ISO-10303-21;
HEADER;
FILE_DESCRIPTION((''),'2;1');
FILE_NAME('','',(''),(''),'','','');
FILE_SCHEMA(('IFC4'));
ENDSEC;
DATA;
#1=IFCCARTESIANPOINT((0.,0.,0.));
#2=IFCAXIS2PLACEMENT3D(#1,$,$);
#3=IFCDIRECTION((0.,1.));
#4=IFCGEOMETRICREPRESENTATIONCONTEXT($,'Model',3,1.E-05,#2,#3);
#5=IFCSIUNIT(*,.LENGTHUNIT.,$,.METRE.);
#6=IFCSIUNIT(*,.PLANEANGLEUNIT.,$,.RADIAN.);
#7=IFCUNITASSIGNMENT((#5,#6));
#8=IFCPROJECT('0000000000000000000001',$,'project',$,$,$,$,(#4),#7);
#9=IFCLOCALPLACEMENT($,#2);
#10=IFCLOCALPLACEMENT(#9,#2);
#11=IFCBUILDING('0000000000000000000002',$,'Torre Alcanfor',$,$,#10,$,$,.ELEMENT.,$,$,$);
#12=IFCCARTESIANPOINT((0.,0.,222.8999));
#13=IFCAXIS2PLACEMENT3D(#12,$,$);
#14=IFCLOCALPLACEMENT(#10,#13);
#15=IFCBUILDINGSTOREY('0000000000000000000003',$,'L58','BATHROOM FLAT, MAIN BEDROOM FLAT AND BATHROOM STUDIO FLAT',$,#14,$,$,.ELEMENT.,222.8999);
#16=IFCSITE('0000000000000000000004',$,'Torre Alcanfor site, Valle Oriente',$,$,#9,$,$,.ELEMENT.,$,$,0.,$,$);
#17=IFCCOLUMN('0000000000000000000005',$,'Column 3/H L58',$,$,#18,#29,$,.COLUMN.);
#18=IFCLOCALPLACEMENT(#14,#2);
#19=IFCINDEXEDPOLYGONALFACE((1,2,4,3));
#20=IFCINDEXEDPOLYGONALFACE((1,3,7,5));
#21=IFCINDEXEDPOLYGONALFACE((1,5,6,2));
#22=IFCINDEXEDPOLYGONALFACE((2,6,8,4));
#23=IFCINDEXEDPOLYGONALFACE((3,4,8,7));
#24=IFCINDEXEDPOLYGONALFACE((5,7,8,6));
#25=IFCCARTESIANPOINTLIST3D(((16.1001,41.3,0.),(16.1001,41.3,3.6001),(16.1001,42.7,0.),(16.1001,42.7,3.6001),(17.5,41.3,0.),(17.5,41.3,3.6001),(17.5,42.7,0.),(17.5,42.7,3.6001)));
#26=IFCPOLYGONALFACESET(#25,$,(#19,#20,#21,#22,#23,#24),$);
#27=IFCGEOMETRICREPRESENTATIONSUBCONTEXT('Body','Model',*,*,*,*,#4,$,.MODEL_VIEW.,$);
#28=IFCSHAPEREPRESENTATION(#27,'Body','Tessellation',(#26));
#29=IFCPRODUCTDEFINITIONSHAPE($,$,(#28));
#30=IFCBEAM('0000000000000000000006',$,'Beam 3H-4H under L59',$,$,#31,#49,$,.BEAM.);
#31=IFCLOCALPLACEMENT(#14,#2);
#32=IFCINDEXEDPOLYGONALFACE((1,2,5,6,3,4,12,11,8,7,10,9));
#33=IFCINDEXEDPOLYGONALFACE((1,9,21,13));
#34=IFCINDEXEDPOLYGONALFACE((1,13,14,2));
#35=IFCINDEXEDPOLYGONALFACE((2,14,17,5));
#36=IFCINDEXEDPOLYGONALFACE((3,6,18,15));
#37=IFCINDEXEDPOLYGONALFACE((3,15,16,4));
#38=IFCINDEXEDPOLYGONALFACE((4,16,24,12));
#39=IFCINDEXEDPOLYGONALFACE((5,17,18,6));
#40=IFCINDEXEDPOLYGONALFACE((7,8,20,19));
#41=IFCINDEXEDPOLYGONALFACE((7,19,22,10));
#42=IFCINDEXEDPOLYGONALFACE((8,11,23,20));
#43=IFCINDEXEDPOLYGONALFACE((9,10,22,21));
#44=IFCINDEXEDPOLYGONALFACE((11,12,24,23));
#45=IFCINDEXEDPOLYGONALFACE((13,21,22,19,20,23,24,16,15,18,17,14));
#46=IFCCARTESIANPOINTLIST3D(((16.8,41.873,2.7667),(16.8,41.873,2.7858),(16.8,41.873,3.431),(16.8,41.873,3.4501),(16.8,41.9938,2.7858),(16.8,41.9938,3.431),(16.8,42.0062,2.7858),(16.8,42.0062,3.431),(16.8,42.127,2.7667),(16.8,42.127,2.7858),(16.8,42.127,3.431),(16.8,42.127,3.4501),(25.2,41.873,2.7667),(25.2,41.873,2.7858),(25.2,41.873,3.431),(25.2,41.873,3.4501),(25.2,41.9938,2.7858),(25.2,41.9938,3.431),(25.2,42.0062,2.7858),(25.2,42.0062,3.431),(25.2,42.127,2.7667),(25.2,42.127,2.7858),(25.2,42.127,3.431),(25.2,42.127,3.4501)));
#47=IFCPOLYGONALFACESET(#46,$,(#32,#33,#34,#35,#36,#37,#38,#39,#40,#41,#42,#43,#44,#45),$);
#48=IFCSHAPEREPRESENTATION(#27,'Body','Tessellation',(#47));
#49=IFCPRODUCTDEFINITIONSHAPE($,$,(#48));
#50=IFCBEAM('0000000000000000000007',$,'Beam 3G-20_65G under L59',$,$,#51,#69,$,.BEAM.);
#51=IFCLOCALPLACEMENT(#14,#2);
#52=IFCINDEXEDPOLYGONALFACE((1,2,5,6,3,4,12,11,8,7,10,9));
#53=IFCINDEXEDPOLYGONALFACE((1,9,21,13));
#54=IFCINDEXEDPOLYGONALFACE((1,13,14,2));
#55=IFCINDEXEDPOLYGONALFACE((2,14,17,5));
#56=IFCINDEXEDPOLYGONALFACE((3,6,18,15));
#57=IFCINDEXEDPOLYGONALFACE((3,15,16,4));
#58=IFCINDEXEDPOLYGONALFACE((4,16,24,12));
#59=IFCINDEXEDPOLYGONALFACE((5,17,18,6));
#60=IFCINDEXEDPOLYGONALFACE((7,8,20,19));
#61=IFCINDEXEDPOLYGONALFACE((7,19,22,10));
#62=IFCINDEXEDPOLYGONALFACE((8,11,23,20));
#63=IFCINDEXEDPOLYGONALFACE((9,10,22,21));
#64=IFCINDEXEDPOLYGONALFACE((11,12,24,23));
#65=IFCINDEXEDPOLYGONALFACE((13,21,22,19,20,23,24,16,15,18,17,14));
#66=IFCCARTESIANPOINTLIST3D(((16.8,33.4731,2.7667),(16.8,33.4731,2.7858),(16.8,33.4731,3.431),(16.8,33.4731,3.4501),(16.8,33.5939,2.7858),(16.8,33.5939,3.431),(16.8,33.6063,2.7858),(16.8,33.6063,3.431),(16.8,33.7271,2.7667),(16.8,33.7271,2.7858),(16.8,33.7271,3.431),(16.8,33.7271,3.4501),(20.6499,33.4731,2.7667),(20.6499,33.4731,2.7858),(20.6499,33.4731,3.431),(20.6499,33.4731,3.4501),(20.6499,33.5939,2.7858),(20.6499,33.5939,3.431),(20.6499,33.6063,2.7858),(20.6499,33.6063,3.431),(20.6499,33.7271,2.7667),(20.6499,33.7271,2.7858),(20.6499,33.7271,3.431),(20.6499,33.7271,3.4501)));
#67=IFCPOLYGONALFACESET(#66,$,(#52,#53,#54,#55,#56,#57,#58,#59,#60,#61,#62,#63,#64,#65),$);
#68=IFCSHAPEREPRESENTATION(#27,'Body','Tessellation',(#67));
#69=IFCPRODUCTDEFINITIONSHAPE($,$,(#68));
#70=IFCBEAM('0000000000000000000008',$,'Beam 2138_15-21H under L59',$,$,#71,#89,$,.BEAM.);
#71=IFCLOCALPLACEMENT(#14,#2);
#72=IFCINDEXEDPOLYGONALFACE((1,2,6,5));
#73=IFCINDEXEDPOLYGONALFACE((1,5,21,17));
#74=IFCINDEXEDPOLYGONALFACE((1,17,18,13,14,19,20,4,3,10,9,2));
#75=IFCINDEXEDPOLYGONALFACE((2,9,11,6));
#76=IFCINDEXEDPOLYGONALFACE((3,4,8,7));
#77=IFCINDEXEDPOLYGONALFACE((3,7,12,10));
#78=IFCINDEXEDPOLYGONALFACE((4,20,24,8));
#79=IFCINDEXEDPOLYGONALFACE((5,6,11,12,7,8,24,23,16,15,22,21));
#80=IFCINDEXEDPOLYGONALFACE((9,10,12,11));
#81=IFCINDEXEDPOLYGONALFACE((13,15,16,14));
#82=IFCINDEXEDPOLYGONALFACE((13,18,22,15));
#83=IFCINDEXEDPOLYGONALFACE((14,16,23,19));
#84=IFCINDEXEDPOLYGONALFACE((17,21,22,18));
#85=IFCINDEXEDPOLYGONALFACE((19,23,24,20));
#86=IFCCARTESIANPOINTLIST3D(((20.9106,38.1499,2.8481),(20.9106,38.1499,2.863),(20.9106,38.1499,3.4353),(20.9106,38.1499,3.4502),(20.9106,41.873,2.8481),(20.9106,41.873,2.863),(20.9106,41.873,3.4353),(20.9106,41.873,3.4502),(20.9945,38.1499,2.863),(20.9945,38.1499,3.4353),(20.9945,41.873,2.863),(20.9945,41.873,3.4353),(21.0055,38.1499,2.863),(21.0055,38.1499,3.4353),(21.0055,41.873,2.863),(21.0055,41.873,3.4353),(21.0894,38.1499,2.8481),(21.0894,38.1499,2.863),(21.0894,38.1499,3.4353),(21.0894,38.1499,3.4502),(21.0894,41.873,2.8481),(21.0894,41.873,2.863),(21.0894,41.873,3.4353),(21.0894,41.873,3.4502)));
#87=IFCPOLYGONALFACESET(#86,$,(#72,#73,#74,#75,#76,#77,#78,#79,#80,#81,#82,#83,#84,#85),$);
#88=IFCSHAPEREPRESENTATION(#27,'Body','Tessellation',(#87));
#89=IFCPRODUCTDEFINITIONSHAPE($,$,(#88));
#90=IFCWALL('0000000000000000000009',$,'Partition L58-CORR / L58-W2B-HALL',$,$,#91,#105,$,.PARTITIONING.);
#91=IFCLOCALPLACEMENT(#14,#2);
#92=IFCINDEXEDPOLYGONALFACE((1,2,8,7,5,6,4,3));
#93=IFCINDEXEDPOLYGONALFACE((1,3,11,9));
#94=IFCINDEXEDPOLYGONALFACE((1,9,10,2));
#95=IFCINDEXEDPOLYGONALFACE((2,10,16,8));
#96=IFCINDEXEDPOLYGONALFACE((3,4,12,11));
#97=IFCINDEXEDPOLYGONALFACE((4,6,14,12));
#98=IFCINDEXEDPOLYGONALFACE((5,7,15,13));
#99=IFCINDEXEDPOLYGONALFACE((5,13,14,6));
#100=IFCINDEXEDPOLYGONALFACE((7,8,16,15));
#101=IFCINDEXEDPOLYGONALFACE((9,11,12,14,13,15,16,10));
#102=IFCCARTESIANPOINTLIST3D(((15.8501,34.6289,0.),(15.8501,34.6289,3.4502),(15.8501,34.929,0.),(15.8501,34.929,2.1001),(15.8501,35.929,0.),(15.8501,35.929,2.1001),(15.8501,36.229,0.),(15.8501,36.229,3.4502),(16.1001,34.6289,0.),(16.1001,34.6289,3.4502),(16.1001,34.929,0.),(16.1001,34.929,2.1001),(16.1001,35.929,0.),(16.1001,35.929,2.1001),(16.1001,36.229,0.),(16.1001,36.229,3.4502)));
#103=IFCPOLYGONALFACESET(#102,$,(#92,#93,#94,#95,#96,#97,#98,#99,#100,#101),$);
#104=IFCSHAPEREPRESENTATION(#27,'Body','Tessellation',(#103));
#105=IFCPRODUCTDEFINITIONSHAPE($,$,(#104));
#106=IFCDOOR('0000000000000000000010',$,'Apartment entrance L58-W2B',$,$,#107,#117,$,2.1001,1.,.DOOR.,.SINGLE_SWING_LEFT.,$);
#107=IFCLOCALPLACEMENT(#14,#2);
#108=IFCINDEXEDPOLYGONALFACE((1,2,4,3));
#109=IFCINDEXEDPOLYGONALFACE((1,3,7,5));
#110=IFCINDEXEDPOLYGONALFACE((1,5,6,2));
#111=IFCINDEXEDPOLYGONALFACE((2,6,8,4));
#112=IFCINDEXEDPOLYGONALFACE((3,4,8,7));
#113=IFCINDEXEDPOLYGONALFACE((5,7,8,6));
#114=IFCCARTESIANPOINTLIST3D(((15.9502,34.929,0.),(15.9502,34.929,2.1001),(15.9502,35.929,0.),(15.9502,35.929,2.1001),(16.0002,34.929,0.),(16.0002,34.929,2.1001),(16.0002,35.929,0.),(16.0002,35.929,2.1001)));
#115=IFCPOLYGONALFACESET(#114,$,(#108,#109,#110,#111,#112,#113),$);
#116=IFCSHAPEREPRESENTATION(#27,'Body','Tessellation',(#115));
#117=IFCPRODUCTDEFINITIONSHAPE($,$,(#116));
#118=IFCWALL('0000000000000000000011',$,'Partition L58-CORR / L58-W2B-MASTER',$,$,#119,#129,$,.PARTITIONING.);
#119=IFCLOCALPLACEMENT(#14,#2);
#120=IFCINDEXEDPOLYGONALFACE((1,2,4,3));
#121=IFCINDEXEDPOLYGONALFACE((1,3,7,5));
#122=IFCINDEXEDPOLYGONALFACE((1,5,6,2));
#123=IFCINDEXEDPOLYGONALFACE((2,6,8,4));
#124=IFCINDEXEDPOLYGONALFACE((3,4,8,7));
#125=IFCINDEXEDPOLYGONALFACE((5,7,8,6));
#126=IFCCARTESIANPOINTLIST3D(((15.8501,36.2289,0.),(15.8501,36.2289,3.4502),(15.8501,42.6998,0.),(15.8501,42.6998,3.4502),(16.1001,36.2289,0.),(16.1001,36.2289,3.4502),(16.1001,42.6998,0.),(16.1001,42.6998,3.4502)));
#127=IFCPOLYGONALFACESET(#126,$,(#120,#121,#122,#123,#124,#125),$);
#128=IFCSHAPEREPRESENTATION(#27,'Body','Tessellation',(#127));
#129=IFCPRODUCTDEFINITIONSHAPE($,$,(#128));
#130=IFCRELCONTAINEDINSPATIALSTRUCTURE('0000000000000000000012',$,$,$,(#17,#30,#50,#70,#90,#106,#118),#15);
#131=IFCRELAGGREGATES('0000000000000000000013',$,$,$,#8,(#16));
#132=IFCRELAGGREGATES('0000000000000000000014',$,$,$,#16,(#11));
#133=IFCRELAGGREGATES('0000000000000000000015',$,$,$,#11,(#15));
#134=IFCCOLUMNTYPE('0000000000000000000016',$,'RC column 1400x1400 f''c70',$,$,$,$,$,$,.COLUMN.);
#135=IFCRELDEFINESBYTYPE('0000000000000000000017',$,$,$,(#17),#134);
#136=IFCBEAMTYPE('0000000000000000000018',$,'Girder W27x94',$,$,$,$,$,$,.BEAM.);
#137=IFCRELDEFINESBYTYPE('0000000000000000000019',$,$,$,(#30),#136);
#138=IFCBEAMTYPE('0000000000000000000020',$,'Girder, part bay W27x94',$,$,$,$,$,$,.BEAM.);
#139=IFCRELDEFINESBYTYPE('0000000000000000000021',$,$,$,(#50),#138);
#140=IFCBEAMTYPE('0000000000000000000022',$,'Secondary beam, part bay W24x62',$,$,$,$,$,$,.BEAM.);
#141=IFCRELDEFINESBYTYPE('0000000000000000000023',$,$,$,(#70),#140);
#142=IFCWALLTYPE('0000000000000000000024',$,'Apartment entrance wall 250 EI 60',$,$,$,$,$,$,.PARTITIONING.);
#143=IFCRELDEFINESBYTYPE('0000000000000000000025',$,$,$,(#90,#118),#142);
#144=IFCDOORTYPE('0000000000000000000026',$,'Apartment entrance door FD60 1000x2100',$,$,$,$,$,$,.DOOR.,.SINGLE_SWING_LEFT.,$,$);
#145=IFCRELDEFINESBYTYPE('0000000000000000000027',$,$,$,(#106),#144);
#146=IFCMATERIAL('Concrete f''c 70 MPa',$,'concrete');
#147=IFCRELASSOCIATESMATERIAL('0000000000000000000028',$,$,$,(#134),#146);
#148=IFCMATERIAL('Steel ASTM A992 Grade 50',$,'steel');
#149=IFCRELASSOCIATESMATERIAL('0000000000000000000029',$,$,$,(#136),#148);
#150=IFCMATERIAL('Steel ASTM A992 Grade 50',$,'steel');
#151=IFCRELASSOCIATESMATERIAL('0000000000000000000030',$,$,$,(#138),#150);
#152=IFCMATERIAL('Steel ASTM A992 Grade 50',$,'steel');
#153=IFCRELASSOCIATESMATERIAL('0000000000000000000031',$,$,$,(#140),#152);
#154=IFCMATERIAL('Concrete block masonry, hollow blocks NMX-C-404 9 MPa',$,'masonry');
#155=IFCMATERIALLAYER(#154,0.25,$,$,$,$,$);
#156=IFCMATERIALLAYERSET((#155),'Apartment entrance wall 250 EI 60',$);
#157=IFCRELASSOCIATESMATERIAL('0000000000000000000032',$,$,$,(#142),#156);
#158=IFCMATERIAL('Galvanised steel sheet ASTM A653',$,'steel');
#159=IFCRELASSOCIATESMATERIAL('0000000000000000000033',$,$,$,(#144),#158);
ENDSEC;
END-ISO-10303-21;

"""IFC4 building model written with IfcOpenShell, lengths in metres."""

from ifc_helpers import new_model, si_unit, direction, frame, frame_2d, origin, origin_2d, place, context, subcontext, project, spatial, rectangle, i_section, extrude, material, layer, layer_set, material_profile, profile_set, type_object, element, fill, save


model = new_model("IFC4")

# Units and contexts
model_context = context("Model", 3, precision=1e-05, world=origin(), true_north=direction((0.0, 1.0)))
body_context = subcontext(model_context, "Body", "Model", "MODEL_VIEW")
ifc_project = project(units=[si_unit("LENGTHUNIT", "METRE"), si_unit("PLANEANGLEUNIT", "RADIAN")], contexts=[model_context])

# Site, building, storey
site_placement = place(None, origin())
site = spatial("IfcSite", under=ifc_project, at=site_placement, Name="Torre Alcanfor site, Valle Oriente", CompositionType="ELEMENT", RefElevation=0.0)
building_placement = place(site_placement, origin())
building = spatial("IfcBuilding", under=site, at=building_placement, Name="Torre Alcanfor", CompositionType="ELEMENT")
storey_placement = place(building_placement, frame((0.0, 0.0, 222.8999)))
storey = spatial("IfcBuildingStorey", under=building, at=storey_placement, Name="L58", Description="BATHROOM FLAT, MAIN BEDROOM FLAT AND BATHROOM STUDIO FLAT", CompositionType="ELEMENT", Elevation=222.8999)

# Column
ifc_material_1 = material(Name="Concrete f'c 70 MPa", Category="concrete")
ifc_material_profile_1 = material_profile(ifc_material_1, rectangle(XDim=1.3999, YDim=1.3999, at=origin_2d()), Name="1400x1400")
ifc_profile_set_1 = profile_set([ifc_material_profile_1], Name="Concrete f'c 70 MPa")
column_type = type_object("IfcColumnType", Name="RC column 1400x1400 f'c70", PredefinedType="COLUMN", material=ifc_profile_set_1)
column_placement = place(storey_placement, frame((16.8, 42.0, 0.0), z_axis=(0.0, 0.0, 1.0), x_axis=(1.0, 0.0, 0.0)))
element("IfcColumn", 1, at=column_placement, inside=storey, type_object=column_type, Name="Column 3/H L58", PredefinedType="COLUMN", context=body_context, shape_type="SweptSolid", body=[
    extrude(rectangle(XDim=1.3999, YDim=1.3999, at=origin_2d()), origin(), (0.0, 0.0, 1.0), 3.6001),
])

# Beams
ifc_material_2 = material(Name="Steel ASTM A992 Grade 50", Category="steel")
ifc_material_profile_2 = material_profile(ifc_material_2, i_section(OverallWidth=0.2539, OverallDepth=0.6833, WebThickness=0.0125, FlangeThickness=0.019, at=origin_2d()), Name="W27x94")
ifc_profile_set_2 = profile_set([ifc_material_profile_2], Name="Steel ASTM A992 Grade 50")
beam_type_1 = type_object("IfcBeamType", Name="Girder W27x94", PredefinedType="BEAM", material=ifc_profile_set_2)
beam_1_placement = place(storey_placement, frame((16.8, 42.0, 3.1084), z_axis=(1.0, 0.0, 0.0), x_axis=(0.0, 1.0, 0.0)))
element("IfcBeam", 2, at=beam_1_placement, inside=storey, type_object=beam_type_1, Name="Beam 3H-4H under L59", PredefinedType="BEAM", context=body_context, shape_type="SweptSolid", body=[
    extrude(i_section(OverallWidth=0.2539, OverallDepth=0.6833, WebThickness=0.0125, FlangeThickness=0.019, at=origin_2d()), origin(), (0.0, 0.0, 1.0), 8.3999),
])
ifc_material_3 = material(Name="Steel ASTM A992 Grade 50", Category="steel")
ifc_material_profile_3 = material_profile(ifc_material_3, i_section(OverallWidth=0.2539, OverallDepth=0.6833, WebThickness=0.0125, FlangeThickness=0.019, at=origin_2d()), Name="W27x94")
ifc_profile_set_3 = profile_set([ifc_material_profile_3], Name="Steel ASTM A992 Grade 50")
beam_type_2 = type_object("IfcBeamType", Name="Girder, part bay W27x94", PredefinedType="BEAM", material=ifc_profile_set_3)
beam_2_placement = place(storey_placement, frame((16.8, 33.6001, 3.1084), z_axis=(1.0, 0.0, 0.0), x_axis=(0.0, 1.0, 0.0)))
element("IfcBeam", 3, at=beam_2_placement, inside=storey, type_object=beam_type_2, Name="Beam 3G-20_65G under L59", PredefinedType="BEAM", context=body_context, shape_type="SweptSolid", body=[
    extrude(i_section(OverallWidth=0.2539, OverallDepth=0.6833, WebThickness=0.0125, FlangeThickness=0.019, at=origin_2d()), origin(), (0.0, 0.0, 1.0), 3.8499),
])
ifc_material_4 = material(Name="Steel ASTM A992 Grade 50", Category="steel")
ifc_material_profile_4 = material_profile(ifc_material_4, i_section(OverallWidth=0.1787, OverallDepth=0.6021, WebThickness=0.011, FlangeThickness=0.0149, at=origin_2d()), Name="W24x62")
ifc_profile_set_4 = profile_set([ifc_material_profile_4], Name="Steel ASTM A992 Grade 50")
beam_type_3 = type_object("IfcBeamType", Name="Secondary beam, part bay W24x62", PredefinedType="BEAM", material=ifc_profile_set_4)
beam_3_placement = place(storey_placement, frame((21.0, 38.1499, 3.1492), z_axis=(0.0, 1.0, 0.0), x_axis=(-1.0, 0.0, 0.0)))
element("IfcBeam", 4, at=beam_3_placement, inside=storey, type_object=beam_type_3, Name="Beam 2138_15-21H under L59", PredefinedType="BEAM", context=body_context, shape_type="SweptSolid", body=[
    extrude(i_section(OverallWidth=0.1787, OverallDepth=0.6021, WebThickness=0.011, FlangeThickness=0.0149, at=origin_2d()), origin(), (0.0, 0.0, 1.0), 3.7231),
])

# Wall, opening, door
ifc_material_5 = material(Name="Concrete block masonry, hollow blocks NMX-C-404 9 MPa", Category="masonry")
ifc_layer_1 = layer(ifc_material_5, 0.25)
ifc_layer_set_1 = layer_set([ifc_layer_1], Name="Apartment entrance wall 250 EI 60")
wall_type_1 = type_object("IfcWallType", Name="Apartment entrance wall 250 EI 60", PredefinedType="PARTITIONING", material=ifc_layer_set_1)
wall_1_placement = place(storey_placement, frame((15.9751, 34.6289, 0.0), z_axis=(0.0, 0.0, 1.0), x_axis=(0.0, 1.0, 0.0)))
wall_1 = element("IfcWall", 5, at=wall_1_placement, inside=storey, type_object=wall_type_1, Name="Partition L58-CORR / L58-W2B-HALL", PredefinedType="PARTITIONING", context=body_context, shape_type="SweptSolid", body=[
    extrude(rectangle(XDim=1.6001, YDim=0.25, at=frame_2d((0.8, 0.0))), origin(), (0.0, 0.0, 1.0), 3.4502),
])
opening_1_placement = place(wall_1_placement, frame((0.3, 0.0, 0.0)))
opening_1 = element("IfcOpeningElement", 6, at=opening_1_placement, cuts=wall_1, PredefinedType="OPENING", context=body_context, shape_type="SweptSolid", body=[
    extrude(rectangle(XDim=1.0, YDim=2.1001, at=frame_2d((0.5, 1.05))), frame((0.0, 0.135, 0.0), z_axis=(0.0, -1.0, 0.0), x_axis=(1.0, 0.0, 0.0)), (0.0, 0.0, 1.0), 0.27),
])
ifc_material_6 = material(Name="Galvanised steel sheet ASTM A653", Category="steel")
door_type_1 = type_object("IfcDoorType", Name="Apartment entrance door FD60 1000x2100", OperationType="SINGLE_SWING_LEFT", PredefinedType="DOOR", material=ifc_material_6)
door_1_placement = place(opening_1_placement, origin())
door_1 = element("IfcDoor", 7, at=door_1_placement, inside=storey, type_object=door_type_1, Name="Apartment entrance L58-W2B", OperationType="SINGLE_SWING_LEFT", OverallHeight=2.1001, OverallWidth=1.0, PredefinedType="DOOR", context=body_context, shape_type="SweptSolid", body=[
    extrude(rectangle(XDim=1.0, YDim=2.1001, at=frame_2d((0.5, 1.05))), frame((0.0, 0.0249, 0.0), z_axis=(0.0, -1.0, 0.0), x_axis=(1.0, 0.0, 0.0)), (0.0, 0.0, 1.0), 0.05),
])
fill(opening_1, door_1)

# Wall
wall_2_placement = place(storey_placement, frame((15.9751, 36.229, 0.0), z_axis=(0.0, 0.0, 1.0), x_axis=(0.0, 1.0, 0.0)))
element("IfcWall", 8, at=wall_2_placement, inside=storey, type_object=wall_type_1, Name="Partition L58-CORR / L58-W2B-MASTER", PredefinedType="PARTITIONING", context=body_context, shape_type="SweptSolid", body=[
    extrude(rectangle(XDim=6.4709, YDim=0.25, at=frame_2d((3.2354, 0.0))), origin(), (0.0, 0.0, 1.0), 3.4502),
])

save(model, "model.ifc")
